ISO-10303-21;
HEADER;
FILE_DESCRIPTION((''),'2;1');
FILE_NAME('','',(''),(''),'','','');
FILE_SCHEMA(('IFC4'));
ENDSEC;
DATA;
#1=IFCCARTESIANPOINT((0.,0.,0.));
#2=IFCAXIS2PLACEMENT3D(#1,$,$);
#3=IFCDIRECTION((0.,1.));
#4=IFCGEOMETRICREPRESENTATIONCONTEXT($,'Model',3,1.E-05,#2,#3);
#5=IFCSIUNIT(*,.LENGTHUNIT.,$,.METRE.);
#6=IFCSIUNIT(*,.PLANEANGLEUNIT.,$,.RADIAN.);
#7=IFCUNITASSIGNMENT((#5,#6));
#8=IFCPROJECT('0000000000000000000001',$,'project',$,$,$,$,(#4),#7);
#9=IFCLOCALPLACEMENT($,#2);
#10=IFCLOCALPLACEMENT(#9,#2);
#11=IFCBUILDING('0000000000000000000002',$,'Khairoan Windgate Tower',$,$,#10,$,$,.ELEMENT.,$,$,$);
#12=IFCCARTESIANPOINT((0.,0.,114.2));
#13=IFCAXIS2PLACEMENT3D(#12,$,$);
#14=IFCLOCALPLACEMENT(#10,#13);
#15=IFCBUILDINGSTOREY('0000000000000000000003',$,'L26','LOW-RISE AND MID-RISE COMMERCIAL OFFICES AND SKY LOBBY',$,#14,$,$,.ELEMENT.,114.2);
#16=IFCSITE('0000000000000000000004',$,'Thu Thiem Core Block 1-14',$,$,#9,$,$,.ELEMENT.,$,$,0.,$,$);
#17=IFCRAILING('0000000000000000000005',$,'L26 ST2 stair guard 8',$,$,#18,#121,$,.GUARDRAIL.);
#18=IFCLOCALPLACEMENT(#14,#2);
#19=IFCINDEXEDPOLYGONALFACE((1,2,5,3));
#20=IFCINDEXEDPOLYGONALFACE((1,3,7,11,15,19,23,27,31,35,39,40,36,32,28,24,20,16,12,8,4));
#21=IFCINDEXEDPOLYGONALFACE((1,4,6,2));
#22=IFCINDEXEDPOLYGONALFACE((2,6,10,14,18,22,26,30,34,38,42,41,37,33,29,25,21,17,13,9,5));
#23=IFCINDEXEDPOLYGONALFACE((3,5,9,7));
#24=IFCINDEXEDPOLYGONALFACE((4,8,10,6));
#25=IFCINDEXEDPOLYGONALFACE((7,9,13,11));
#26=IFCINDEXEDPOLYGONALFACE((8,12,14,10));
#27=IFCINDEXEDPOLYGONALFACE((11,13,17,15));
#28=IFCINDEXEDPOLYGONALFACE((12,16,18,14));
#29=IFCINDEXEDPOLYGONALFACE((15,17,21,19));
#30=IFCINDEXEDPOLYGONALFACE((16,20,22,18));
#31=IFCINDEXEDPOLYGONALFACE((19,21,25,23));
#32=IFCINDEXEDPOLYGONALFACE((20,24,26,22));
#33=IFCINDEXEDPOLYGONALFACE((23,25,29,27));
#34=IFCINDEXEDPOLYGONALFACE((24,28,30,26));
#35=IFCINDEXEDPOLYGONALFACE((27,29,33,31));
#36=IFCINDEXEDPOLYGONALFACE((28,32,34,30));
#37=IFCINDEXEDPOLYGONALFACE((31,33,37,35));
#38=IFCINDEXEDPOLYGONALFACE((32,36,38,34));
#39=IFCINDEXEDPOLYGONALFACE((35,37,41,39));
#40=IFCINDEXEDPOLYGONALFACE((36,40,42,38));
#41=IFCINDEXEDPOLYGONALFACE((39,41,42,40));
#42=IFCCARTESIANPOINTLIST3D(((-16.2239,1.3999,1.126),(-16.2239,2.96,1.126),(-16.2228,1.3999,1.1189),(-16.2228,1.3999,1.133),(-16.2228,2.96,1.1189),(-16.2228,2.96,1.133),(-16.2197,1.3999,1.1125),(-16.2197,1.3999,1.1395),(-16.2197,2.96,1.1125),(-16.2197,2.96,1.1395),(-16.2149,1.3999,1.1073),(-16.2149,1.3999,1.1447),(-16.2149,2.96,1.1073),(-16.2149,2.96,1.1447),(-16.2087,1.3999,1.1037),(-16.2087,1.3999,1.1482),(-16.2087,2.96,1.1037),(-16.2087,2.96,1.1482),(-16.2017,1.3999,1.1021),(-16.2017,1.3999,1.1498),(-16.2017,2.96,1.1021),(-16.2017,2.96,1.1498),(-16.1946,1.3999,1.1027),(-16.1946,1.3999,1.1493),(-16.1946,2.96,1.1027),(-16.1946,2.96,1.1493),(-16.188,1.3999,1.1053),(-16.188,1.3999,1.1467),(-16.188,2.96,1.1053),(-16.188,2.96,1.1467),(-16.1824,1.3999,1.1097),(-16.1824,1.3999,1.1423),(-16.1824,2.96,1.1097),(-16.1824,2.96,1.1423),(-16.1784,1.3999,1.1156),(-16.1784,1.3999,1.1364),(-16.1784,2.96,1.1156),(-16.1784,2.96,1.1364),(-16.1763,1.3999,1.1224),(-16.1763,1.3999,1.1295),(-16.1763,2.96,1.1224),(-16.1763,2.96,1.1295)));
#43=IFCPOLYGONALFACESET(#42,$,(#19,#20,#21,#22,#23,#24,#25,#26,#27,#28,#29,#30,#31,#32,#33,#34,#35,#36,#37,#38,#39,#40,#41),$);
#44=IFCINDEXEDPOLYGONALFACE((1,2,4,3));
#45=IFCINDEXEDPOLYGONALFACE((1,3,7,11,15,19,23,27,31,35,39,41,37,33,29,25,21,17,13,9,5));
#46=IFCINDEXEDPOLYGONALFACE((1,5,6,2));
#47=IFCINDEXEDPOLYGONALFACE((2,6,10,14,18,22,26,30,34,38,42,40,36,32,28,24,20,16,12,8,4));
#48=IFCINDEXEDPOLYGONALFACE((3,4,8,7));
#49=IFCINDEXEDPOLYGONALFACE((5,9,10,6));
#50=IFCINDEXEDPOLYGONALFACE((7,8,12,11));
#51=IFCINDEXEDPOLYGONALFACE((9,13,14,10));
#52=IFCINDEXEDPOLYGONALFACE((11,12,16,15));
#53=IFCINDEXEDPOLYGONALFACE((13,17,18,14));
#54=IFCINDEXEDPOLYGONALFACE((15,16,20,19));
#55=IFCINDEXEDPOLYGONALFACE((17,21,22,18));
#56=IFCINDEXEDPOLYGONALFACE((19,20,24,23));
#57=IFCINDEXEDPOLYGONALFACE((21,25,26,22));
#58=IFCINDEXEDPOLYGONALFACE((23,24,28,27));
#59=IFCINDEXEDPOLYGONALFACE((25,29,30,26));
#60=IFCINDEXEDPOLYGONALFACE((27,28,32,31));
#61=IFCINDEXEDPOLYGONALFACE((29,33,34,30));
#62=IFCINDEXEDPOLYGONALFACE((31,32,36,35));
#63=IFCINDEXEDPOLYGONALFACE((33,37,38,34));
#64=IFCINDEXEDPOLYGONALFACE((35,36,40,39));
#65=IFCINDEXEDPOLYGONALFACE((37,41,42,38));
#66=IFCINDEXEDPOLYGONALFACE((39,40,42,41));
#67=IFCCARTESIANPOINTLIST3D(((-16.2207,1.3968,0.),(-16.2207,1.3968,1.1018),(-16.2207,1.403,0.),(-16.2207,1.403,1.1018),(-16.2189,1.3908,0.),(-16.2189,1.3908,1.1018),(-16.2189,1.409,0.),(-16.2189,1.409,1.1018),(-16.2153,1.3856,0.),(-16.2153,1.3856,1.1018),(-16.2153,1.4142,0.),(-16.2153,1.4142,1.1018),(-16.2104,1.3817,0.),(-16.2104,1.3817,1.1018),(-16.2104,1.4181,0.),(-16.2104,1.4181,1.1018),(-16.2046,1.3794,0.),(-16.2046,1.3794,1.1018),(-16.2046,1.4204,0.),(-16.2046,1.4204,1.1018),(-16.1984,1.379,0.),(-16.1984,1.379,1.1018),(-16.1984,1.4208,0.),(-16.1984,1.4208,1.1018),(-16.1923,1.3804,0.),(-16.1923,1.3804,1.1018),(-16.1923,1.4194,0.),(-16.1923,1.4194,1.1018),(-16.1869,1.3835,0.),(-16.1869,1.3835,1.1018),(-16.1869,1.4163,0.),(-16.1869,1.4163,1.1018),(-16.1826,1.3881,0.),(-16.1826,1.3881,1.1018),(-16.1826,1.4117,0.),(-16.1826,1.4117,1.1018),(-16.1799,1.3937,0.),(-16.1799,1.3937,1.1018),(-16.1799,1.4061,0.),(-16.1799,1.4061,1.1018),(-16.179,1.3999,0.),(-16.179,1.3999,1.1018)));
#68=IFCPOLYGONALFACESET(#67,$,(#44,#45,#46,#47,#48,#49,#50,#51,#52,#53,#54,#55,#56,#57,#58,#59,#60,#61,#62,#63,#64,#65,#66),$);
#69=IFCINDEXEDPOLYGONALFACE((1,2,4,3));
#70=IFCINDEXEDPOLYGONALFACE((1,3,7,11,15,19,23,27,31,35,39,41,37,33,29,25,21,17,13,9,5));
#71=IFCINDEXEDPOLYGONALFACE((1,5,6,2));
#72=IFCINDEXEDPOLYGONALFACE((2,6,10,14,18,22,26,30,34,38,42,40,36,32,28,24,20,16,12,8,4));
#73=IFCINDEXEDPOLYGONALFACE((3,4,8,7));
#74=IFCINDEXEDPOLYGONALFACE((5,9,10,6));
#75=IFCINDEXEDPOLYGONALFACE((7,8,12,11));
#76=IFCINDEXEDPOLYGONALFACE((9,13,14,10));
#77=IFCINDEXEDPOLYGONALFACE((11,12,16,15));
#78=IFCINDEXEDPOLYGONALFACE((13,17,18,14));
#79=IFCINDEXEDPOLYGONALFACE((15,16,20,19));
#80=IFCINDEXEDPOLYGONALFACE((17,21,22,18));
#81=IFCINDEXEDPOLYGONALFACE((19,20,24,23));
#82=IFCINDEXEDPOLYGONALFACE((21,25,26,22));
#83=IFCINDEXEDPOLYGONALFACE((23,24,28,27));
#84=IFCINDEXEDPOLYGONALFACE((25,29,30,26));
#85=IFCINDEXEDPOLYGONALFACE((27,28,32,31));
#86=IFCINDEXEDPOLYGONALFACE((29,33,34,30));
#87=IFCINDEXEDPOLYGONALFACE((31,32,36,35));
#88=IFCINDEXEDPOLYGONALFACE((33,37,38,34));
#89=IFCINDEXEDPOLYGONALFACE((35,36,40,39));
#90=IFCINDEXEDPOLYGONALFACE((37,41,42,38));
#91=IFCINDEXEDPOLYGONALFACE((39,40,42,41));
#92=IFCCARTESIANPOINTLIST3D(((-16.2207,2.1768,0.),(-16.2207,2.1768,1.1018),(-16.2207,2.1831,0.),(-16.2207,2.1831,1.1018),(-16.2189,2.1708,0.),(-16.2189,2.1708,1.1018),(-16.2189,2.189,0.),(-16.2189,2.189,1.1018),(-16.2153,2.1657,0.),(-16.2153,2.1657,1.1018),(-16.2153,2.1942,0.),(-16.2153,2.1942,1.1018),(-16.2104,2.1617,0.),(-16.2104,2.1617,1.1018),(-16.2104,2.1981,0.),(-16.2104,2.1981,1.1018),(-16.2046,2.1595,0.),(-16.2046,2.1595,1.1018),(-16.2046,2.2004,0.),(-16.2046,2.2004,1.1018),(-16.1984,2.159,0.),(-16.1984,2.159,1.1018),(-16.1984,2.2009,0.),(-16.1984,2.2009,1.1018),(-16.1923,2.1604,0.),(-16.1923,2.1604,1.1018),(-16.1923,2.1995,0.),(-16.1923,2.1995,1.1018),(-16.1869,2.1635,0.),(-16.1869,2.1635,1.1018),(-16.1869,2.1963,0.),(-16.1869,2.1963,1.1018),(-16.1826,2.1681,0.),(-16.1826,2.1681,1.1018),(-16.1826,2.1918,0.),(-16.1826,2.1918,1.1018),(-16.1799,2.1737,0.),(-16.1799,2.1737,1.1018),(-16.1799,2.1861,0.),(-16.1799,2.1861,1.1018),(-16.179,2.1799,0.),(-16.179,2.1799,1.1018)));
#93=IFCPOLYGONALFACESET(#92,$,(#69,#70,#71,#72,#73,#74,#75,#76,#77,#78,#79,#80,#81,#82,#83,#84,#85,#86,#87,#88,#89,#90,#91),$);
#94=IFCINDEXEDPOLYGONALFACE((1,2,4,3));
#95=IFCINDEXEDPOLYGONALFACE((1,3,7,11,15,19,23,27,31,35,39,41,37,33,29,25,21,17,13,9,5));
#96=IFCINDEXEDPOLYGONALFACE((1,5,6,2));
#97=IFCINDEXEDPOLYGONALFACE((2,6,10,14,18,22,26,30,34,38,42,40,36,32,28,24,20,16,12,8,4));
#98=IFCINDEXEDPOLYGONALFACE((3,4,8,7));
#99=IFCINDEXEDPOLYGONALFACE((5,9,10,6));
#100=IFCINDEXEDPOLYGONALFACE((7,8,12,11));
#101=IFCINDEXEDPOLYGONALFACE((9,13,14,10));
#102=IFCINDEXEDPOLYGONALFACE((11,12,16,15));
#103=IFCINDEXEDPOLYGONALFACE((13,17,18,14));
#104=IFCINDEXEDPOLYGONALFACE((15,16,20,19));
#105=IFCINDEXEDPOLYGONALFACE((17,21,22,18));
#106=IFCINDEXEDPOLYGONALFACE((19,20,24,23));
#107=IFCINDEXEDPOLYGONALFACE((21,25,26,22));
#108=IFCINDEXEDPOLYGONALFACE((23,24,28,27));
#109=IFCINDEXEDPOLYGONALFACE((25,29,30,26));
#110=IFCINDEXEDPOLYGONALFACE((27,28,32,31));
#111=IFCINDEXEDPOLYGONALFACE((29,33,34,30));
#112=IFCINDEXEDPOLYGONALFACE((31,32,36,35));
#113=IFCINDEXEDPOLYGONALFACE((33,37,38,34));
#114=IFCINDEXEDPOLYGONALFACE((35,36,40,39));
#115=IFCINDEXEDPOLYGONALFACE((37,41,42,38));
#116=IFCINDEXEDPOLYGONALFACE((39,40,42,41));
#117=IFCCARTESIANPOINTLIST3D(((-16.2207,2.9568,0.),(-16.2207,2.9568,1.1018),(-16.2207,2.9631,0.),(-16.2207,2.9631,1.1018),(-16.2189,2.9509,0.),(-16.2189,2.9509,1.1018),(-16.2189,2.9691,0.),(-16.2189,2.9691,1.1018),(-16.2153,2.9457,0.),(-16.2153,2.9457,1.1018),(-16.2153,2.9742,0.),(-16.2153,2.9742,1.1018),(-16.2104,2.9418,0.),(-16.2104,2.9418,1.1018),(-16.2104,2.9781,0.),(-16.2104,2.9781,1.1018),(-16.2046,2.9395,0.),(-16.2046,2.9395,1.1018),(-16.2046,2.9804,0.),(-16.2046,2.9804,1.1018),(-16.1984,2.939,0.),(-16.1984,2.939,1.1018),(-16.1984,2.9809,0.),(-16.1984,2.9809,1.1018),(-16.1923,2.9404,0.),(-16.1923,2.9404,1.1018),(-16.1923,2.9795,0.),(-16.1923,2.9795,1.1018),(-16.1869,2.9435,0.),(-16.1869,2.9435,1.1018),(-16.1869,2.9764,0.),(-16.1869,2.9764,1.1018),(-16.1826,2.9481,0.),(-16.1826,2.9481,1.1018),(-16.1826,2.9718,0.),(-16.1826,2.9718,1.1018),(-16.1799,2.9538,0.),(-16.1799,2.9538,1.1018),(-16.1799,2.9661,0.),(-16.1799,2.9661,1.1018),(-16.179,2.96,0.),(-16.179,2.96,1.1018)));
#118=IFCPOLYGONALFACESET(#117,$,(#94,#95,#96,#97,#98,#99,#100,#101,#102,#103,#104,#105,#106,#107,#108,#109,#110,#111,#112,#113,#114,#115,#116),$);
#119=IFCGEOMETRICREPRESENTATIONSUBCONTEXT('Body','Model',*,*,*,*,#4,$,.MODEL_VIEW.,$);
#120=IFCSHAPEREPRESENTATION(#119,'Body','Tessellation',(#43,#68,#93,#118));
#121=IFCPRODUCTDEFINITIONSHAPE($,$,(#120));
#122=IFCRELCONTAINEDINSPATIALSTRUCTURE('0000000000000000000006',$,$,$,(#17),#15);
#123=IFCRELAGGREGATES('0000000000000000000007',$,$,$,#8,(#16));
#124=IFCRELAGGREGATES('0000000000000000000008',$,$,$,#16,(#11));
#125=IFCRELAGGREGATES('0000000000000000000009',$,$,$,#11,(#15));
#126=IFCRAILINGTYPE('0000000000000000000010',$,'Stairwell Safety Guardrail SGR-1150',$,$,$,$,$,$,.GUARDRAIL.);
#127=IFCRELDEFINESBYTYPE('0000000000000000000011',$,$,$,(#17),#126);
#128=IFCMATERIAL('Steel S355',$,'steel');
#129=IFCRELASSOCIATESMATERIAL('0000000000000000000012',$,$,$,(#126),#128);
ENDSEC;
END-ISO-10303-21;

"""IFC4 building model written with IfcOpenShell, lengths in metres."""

from ifc_helpers import new_model, si_unit, direction, frame, origin, origin_2d, place, context, subcontext, project, spatial, circle, extrude, material, type_object, element, save


model = new_model("IFC4")

# Units and contexts
model_context = context("Model", 3, precision=1e-05, world=origin(), true_north=direction((0.0, 1.0)))
body_context = subcontext(model_context, "Body", "Model", "MODEL_VIEW")
ifc_project = project(units=[si_unit("LENGTHUNIT", "METRE"), si_unit("PLANEANGLEUNIT", "RADIAN")], contexts=[model_context])

# Site, building, storey
site_placement = place(None, origin())
site = spatial("IfcSite", under=ifc_project, at=site_placement, Name="Thu Thiem Core Block 1-14", CompositionType="ELEMENT", RefElevation=0.0)
building_placement = place(site_placement, origin())
building = spatial("IfcBuilding", under=site, at=building_placement, Name="Khairoan Windgate Tower", CompositionType="ELEMENT")
storey_placement = place(building_placement, frame((0.0, 0.0, 114.2)))
storey = spatial("IfcBuildingStorey", under=building, at=storey_placement, Name="L26", Description="LOW-RISE AND MID-RISE COMMERCIAL OFFICES AND SKY LOBBY", CompositionType="ELEMENT", Elevation=114.2)

# Railing
ifc_material_1 = material(Name="Steel S355", Category="steel")
railing_type_1 = type_object("IfcRailingType", Name="Stairwell Safety Guardrail SGR-1150", PredefinedType="GUARDRAIL", material=ifc_material_1)
railing_1_placement = place(storey_placement, frame((-16.2, 1.3999, 0.0)))
element("IfcRailing", 1, at=railing_1_placement, inside=storey, type_object=railing_type_1, Name="L26 ST2 stair guard 8", PredefinedType="GUARDRAIL", context=body_context, shape_type="SweptSolid", body=[
    extrude(circle(Radius=0.0239, at=origin_2d()), frame((0.0, 0.0, 1.126), z_axis=(0.0, 1.0, 0.0), x_axis=(-1.0, 0.0, 0.0)), (0.0, 0.0, 1.0), 1.5601),
    extrude(circle(Radius=0.021, at=origin_2d()), origin(), (0.0, 0.0, 1.0), 1.1018),
    extrude(circle(Radius=0.021, at=origin_2d()), frame((0.0, 0.78, 0.0)), (0.0, 0.0, 1.0), 1.1018),
    extrude(circle(Radius=0.021, at=origin_2d()), frame((0.0, 1.5601, 0.0)), (0.0, 0.0, 1.0), 1.1018),
])

save(model, "model.ifc")
